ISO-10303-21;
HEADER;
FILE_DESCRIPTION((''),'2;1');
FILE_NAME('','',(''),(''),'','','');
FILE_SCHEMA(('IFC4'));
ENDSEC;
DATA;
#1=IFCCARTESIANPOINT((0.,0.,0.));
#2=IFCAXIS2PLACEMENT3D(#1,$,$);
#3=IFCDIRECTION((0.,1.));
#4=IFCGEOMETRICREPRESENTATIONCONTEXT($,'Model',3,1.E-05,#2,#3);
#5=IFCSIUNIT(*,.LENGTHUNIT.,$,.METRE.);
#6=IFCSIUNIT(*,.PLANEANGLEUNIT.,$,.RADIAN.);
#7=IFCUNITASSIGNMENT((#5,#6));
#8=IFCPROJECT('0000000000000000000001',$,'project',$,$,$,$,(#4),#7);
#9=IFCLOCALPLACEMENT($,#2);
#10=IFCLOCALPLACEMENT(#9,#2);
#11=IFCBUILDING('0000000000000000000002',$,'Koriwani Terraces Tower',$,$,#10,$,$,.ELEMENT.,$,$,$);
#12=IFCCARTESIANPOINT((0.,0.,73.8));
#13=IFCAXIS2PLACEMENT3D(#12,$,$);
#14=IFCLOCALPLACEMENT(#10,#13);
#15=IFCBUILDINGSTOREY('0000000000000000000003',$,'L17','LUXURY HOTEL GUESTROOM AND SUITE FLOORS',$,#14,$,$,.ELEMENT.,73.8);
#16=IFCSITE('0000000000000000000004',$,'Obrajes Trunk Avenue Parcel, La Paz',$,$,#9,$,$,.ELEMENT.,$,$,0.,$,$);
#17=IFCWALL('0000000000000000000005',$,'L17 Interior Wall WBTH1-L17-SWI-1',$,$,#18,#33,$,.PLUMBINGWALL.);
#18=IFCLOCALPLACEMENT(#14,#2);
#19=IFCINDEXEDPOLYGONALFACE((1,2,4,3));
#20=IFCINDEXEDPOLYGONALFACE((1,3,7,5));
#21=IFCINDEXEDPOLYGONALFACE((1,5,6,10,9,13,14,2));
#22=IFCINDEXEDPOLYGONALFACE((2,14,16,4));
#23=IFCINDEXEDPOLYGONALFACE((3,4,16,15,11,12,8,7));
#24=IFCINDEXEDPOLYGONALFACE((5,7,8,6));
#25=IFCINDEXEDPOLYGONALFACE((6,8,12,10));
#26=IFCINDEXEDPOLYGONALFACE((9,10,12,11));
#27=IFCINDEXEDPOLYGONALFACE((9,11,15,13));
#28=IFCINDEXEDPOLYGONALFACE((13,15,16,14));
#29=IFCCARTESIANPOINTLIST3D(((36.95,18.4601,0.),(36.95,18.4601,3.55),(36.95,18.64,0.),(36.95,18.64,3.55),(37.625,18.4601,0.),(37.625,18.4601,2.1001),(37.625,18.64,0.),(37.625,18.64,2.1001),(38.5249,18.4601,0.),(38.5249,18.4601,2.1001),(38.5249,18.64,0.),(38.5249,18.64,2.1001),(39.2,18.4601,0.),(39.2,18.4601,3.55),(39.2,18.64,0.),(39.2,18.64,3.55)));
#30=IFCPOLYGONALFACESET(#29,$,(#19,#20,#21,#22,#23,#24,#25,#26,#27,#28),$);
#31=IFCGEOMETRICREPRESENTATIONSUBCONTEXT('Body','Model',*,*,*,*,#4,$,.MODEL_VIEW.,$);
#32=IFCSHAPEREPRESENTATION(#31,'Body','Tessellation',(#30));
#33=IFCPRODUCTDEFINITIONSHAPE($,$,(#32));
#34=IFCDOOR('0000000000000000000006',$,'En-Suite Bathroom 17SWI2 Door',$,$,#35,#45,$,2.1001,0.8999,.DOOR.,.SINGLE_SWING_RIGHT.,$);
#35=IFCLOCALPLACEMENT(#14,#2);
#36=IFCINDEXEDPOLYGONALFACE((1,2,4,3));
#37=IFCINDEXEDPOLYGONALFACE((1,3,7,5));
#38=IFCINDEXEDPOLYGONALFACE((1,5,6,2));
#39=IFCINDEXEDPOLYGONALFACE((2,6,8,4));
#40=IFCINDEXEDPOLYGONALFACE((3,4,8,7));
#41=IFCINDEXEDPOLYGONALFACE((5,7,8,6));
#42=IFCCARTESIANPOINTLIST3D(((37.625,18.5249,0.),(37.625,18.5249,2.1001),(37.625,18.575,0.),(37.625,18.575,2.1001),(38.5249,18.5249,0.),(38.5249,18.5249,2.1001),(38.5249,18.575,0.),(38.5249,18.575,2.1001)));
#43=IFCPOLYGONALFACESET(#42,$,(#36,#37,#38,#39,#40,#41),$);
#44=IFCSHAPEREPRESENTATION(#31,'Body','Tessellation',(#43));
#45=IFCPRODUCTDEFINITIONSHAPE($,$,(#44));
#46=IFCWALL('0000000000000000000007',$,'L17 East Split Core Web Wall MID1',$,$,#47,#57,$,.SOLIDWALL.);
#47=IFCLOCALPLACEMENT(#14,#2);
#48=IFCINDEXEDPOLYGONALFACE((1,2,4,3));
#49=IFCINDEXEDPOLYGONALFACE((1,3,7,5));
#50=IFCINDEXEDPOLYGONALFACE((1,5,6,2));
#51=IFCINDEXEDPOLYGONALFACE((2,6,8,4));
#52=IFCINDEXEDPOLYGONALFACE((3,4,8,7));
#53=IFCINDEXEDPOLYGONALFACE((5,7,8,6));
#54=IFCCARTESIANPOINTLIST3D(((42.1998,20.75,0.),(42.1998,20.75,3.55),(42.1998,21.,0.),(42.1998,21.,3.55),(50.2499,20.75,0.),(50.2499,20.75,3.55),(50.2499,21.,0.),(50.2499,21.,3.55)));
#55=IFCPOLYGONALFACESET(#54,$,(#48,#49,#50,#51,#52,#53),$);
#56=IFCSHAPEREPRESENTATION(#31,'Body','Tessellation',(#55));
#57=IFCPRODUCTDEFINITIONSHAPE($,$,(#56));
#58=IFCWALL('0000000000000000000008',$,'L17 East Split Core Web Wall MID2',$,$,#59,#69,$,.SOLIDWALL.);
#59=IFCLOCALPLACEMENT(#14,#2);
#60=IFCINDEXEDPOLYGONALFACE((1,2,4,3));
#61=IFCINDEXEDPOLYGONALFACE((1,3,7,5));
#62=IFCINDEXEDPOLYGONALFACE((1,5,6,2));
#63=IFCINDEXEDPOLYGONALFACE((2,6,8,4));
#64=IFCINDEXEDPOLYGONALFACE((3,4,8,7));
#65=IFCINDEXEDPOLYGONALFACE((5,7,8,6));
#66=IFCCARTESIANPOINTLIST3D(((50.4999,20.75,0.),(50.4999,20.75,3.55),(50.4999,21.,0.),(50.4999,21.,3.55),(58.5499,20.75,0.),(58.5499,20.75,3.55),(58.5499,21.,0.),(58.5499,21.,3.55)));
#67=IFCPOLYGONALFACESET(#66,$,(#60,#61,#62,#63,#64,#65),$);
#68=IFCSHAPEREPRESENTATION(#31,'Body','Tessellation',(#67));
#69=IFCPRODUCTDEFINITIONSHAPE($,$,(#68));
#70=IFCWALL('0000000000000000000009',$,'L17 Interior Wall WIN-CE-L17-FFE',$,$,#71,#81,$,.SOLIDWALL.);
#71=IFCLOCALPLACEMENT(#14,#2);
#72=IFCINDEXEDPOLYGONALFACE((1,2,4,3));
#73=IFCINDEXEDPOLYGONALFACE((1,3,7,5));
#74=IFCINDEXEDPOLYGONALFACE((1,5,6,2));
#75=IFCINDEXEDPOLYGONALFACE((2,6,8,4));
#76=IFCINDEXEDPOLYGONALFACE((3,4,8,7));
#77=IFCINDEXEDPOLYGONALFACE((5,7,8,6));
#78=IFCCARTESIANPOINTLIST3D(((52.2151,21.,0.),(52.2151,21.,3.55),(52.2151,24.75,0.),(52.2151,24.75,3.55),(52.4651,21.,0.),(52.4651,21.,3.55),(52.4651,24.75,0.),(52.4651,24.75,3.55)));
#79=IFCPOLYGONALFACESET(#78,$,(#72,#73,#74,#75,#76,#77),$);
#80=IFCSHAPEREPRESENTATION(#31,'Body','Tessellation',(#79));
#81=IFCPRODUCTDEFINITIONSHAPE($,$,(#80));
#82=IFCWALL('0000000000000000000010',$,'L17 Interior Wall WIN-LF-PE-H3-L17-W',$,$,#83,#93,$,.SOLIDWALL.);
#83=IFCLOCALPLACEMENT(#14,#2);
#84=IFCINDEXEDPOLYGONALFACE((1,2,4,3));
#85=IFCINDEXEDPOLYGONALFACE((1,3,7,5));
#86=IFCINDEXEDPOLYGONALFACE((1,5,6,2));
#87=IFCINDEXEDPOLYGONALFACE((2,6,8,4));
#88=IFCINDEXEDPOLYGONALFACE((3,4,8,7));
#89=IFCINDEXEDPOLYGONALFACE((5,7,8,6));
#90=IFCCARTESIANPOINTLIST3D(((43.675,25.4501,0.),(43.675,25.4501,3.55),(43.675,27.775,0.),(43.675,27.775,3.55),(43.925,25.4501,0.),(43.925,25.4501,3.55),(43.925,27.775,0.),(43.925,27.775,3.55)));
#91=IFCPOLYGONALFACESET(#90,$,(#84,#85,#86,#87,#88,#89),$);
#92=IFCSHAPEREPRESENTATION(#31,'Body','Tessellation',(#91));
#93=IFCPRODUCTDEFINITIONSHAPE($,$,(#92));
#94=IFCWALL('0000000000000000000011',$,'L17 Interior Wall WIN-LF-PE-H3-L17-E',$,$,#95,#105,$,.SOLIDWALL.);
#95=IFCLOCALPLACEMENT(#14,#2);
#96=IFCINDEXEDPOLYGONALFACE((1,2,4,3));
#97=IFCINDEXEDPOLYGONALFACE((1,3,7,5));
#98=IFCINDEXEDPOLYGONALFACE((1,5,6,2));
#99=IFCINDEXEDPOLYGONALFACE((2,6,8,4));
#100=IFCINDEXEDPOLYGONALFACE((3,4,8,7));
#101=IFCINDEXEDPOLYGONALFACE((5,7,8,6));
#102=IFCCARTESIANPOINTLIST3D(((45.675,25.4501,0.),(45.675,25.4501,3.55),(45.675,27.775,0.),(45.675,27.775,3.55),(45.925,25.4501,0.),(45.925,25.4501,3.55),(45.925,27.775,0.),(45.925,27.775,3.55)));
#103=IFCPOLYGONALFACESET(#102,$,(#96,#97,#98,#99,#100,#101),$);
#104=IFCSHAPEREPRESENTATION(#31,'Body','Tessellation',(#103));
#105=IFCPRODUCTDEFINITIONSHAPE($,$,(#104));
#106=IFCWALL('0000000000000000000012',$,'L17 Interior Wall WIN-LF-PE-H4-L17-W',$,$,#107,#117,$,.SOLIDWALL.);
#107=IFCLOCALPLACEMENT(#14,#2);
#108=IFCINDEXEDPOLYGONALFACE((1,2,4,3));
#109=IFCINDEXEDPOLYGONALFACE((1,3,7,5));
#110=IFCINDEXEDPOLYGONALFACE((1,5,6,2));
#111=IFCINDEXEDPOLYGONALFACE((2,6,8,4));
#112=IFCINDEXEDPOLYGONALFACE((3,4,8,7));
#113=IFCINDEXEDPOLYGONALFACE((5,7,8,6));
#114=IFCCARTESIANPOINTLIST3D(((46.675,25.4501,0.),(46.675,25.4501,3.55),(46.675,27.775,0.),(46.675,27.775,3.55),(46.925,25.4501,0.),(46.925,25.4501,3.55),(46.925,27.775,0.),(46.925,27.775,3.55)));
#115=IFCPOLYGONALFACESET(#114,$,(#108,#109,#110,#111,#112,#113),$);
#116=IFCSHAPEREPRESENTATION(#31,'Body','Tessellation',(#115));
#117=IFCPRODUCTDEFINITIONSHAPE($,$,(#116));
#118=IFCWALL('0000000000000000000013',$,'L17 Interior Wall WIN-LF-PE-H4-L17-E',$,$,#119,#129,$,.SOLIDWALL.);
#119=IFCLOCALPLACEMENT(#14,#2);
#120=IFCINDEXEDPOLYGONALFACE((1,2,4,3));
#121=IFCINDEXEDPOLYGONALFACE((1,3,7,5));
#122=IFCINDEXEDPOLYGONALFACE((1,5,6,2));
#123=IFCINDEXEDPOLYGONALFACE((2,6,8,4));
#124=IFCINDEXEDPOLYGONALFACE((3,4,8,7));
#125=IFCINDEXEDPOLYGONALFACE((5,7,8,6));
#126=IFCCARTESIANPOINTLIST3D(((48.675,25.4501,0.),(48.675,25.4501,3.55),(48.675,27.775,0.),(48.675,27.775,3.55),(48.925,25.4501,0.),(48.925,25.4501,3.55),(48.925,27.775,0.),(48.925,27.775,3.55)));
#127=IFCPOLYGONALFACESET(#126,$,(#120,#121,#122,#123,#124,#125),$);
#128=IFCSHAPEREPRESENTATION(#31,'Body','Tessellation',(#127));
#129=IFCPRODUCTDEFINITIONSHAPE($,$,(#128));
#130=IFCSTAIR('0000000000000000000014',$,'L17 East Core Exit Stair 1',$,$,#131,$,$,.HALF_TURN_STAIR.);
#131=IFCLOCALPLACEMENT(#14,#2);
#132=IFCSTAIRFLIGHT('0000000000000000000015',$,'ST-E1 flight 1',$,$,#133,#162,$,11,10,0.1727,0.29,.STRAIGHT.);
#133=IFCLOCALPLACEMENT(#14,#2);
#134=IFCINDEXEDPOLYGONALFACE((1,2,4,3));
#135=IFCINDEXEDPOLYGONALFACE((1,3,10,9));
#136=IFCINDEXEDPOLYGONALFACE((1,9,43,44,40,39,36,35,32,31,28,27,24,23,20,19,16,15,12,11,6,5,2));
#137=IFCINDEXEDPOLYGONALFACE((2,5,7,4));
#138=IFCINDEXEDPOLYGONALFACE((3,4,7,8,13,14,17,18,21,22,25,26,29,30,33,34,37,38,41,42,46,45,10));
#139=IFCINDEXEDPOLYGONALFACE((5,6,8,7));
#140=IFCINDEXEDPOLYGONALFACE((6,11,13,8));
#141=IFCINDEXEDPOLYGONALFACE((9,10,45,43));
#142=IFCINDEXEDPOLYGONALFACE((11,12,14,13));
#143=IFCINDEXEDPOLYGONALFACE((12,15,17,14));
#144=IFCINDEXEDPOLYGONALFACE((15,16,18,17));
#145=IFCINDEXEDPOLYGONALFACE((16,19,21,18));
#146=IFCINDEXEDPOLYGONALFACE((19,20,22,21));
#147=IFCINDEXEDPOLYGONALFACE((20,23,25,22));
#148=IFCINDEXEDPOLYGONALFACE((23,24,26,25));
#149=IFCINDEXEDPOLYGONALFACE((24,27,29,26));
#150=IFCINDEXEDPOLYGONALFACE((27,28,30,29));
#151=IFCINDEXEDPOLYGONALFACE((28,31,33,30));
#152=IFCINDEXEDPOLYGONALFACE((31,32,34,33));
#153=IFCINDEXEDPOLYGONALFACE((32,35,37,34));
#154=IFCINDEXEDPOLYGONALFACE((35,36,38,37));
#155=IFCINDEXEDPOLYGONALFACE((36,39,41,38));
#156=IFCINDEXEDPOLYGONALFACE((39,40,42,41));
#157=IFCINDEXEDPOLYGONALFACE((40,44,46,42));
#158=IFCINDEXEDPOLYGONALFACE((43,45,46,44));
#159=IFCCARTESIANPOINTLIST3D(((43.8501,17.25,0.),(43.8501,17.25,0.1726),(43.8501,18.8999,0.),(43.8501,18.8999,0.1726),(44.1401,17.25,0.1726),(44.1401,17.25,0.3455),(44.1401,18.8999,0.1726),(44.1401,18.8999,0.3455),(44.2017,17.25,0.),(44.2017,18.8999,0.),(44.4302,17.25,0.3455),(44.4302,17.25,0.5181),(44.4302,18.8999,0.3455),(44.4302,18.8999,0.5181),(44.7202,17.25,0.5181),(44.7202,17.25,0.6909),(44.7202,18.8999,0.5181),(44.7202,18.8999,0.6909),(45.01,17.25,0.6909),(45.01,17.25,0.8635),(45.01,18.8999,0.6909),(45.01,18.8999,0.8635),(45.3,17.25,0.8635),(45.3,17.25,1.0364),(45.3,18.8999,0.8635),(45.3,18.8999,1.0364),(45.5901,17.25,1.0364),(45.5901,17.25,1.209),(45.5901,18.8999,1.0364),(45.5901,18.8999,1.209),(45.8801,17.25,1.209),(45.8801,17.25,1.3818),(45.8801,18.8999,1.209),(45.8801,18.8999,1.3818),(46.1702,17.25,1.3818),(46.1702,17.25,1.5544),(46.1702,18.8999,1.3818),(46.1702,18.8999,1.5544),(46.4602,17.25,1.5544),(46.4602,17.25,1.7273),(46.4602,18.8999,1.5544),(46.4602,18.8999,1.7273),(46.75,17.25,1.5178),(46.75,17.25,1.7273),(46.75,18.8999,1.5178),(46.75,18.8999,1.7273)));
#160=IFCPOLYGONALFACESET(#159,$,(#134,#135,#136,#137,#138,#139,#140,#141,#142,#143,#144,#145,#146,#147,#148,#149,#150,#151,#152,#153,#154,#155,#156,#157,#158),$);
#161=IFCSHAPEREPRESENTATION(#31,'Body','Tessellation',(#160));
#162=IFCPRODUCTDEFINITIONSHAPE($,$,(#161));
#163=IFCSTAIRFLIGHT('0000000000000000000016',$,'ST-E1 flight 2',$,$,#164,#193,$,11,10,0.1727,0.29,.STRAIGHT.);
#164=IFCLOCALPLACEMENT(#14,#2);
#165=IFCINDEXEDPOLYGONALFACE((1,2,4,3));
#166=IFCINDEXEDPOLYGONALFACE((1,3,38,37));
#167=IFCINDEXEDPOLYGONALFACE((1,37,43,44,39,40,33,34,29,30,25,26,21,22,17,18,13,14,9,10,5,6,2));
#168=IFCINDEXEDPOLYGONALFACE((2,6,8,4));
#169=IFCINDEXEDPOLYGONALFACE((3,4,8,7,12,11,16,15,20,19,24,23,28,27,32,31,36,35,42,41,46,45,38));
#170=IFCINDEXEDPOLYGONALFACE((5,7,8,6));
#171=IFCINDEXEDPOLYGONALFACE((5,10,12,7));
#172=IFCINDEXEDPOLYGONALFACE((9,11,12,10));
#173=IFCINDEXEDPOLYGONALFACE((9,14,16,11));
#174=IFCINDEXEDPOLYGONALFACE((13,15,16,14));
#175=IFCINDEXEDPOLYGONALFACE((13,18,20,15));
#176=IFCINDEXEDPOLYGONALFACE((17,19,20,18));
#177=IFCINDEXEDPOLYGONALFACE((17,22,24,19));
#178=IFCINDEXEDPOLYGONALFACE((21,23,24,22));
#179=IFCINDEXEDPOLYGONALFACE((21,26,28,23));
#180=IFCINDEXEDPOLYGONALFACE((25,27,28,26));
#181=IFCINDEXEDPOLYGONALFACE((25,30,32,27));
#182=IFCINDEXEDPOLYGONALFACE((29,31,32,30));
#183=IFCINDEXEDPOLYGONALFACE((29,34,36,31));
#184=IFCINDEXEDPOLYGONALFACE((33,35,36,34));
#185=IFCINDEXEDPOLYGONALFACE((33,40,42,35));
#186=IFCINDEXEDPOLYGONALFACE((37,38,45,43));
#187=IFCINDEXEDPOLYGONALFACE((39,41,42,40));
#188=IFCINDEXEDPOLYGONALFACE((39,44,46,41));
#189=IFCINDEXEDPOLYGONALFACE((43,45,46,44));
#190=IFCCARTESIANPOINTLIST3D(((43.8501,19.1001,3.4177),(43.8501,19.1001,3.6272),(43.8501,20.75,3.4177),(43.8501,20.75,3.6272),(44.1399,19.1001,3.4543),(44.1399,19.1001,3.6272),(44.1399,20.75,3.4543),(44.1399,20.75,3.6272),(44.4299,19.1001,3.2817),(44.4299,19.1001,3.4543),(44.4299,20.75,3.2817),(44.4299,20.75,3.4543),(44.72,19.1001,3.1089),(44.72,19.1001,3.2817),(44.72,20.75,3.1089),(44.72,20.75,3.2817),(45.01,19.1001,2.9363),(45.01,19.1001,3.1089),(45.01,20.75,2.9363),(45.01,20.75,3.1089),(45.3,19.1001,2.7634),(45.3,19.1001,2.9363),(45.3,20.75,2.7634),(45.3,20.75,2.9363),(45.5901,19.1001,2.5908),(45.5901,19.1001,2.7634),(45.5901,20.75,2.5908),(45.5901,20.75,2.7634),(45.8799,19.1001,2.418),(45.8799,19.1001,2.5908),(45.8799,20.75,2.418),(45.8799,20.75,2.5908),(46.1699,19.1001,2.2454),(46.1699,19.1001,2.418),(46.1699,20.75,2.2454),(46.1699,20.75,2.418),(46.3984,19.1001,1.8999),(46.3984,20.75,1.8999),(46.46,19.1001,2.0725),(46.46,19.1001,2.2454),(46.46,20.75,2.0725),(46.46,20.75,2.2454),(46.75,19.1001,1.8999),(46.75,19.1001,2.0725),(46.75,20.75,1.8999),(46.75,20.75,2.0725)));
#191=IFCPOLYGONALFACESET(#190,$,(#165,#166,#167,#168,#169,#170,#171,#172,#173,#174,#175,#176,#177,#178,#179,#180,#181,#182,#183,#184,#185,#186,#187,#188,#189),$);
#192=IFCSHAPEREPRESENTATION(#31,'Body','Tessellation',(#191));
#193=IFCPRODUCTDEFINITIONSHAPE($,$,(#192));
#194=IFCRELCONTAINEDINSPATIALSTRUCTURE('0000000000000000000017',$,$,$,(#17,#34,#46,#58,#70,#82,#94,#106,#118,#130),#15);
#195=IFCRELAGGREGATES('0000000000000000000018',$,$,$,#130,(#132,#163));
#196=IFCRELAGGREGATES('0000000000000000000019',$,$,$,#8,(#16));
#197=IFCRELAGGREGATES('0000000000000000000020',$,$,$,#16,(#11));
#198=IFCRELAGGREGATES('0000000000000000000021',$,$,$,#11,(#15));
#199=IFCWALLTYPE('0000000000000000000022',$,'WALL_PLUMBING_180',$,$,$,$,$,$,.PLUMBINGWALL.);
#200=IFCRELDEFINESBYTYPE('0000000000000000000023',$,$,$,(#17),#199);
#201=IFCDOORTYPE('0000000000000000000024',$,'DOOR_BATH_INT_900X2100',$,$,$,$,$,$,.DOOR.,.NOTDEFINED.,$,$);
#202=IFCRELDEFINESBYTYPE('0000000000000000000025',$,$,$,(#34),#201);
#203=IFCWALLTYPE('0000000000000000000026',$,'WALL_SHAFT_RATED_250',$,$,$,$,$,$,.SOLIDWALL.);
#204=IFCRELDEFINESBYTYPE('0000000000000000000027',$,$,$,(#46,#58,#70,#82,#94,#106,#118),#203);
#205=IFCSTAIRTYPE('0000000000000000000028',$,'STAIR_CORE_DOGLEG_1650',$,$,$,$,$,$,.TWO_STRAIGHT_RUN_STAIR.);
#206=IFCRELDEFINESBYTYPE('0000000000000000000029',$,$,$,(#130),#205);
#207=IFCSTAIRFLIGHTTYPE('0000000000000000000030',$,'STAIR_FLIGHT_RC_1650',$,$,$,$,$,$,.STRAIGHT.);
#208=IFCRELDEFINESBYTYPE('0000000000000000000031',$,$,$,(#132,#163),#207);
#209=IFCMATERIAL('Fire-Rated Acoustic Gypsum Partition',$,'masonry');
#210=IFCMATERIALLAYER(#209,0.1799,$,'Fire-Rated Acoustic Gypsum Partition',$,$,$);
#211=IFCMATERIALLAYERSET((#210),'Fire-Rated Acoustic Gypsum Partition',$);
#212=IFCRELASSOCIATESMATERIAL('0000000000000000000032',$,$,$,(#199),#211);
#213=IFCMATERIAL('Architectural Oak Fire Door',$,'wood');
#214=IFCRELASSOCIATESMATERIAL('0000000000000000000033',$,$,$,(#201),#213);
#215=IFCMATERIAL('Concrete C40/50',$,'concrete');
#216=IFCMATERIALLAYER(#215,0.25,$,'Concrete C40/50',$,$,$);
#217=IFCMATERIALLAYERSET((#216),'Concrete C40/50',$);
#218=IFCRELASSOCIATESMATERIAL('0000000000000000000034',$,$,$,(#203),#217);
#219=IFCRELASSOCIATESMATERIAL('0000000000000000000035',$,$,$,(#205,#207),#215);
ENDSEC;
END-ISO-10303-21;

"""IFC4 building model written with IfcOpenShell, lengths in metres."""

from ifc_helpers import new_model, si_unit, direction, frame, frame_2d, origin, place, context, subcontext, project, spatial, polyline, rectangle, outline, extrude, material, layer, layer_set, type_object, element, fill, aggregate, save


model = new_model("IFC4")

# Units and contexts
model_context = context("Model", 3, precision=1e-05, world=origin(), true_north=direction((0.0, 1.0)))
body_context = subcontext(model_context, "Body", "Model", "MODEL_VIEW")
ifc_project = project(units=[si_unit("LENGTHUNIT", "METRE"), si_unit("PLANEANGLEUNIT", "RADIAN")], contexts=[model_context])

# Site, building, storey
site_placement = place(None, origin())
site = spatial("IfcSite", under=ifc_project, at=site_placement, Name="Obrajes Trunk Avenue Parcel, La Paz", CompositionType="ELEMENT", RefElevation=0.0)
building_placement = place(site_placement, origin())
building = spatial("IfcBuilding", under=site, at=building_placement, Name="Koriwani Terraces Tower", CompositionType="ELEMENT")
storey_placement = place(building_placement, frame((0.0, 0.0, 73.8)))
storey = spatial("IfcBuildingStorey", under=building, at=storey_placement, Name="L17", Description="LUXURY HOTEL GUESTROOM AND SUITE FLOORS", CompositionType="ELEMENT", Elevation=73.8)

# Wall, opening, door
ifc_material_1 = material(Name="Fire-Rated Acoustic Gypsum Partition", Category="masonry")
ifc_layer_1 = layer(ifc_material_1, 0.1799, Name="Fire-Rated Acoustic Gypsum Partition")
ifc_layer_set_1 = layer_set([ifc_layer_1], Name="Fire-Rated Acoustic Gypsum Partition")
wall_type_1 = type_object("IfcWallType", Name="WALL_PLUMBING_180", PredefinedType="PLUMBINGWALL", material=ifc_layer_set_1)
ifc_material_2 = material(Name="Architectural Oak Fire Door", Category="wood")
door_type_1 = type_object("IfcDoorType", Name="DOOR_BATH_INT_900X2100", OperationType="NOTDEFINED", PredefinedType="DOOR", material=ifc_material_2)
wall_1_placement = place(storey_placement, frame((36.95, 18.55, 0.0), z_axis=(0.0, 0.0, 1.0), x_axis=(1.0, 0.0, 0.0)))
wall_1 = element("IfcWall", 1, at=wall_1_placement, inside=storey, type_object=wall_type_1, Name="L17 Interior Wall WBTH1-L17-SWI-1", PredefinedType="PLUMBINGWALL", context=body_context, shape_type="SweptSolid", body=[
    extrude(rectangle(XDim=2.25, YDim=0.1799, at=frame_2d((1.125, 0.0))), origin(), (0.0, 0.0, 1.0), 3.55),
])
opening_1_placement = place(wall_1_placement, frame((0.675, 0.0, 0.0)))
opening_1 = element("IfcOpeningElement", 2, at=opening_1_placement, cuts=wall_1, PredefinedType="OPENING", context=body_context, shape_type="SweptSolid", body=[
    extrude(rectangle(XDim=0.8999, YDim=2.1001, at=frame_2d((0.45, 1.05))), frame((0.0, 0.1001, 0.0), z_axis=(0.0, -1.0, 0.0), x_axis=(1.0, 0.0, 0.0)), (0.0, 0.0, 1.0), 0.2),
])
door_1_placement = place(opening_1_placement, origin())
door_1 = element("IfcDoor", 3, at=door_1_placement, inside=storey, type_object=door_type_1, Name="En-Suite Bathroom 17SWI2 Door", OperationType="SINGLE_SWING_RIGHT", OverallHeight=2.1001, OverallWidth=0.8999, PredefinedType="DOOR", context=body_context, shape_type="SweptSolid", body=[
    extrude(rectangle(XDim=0.8999, YDim=2.1001, at=frame_2d((0.45, 1.05))), frame((0.0, 0.0249, 0.0), z_axis=(0.0, -1.0, 0.0), x_axis=(1.0, 0.0, 0.0)), (0.0, 0.0, 1.0), 0.05),
])
fill(opening_1, door_1)

# Walls
ifc_material_3 = material(Name="Concrete C40/50", Category="concrete")
ifc_layer_2 = layer(ifc_material_3, 0.25, Name="Concrete C40/50")
ifc_layer_set_2 = layer_set([ifc_layer_2], Name="Concrete C40/50")
wall_type_2 = type_object("IfcWallType", Name="WALL_SHAFT_RATED_250", PredefinedType="SOLIDWALL", material=ifc_layer_set_2)
for number, where, z_axis, x_axis, name in (
    (4, (42.2, 20.875, 0.0), (0.0, 0.0, 1.0), (1.0, 0.0, 0.0), "L17 East Split Core Web Wall MID1"),
    (5, (50.5, 20.875, 0.0), (0.0, 0.0, 1.0), (1.0, 0.0, 0.0), "L17 East Split Core Web Wall MID2"),
):
    element("IfcWall", number, at=place(storey_placement, frame(where, z_axis=z_axis, x_axis=x_axis)), inside=storey, type_object=wall_type_2, Name=name, PredefinedType="SOLIDWALL", context=body_context, shape_type="SweptSolid", body=[
        extrude(rectangle(XDim=8.05, YDim=0.25, at=frame_2d((4.0249, 0.0))), origin(), (0.0, 0.0, 1.0), 3.55),
    ])

# Walls
wall_2_placement = place(storey_placement, frame((52.3401, 21.0, 0.0), z_axis=(0.0, 0.0, 1.0), x_axis=(0.0, 1.0, 0.0)))
element("IfcWall", 6, at=wall_2_placement, inside=storey, type_object=wall_type_2, Name="L17 Interior Wall WIN-CE-L17-FFE", PredefinedType="SOLIDWALL", context=body_context, shape_type="SweptSolid", body=[
    extrude(rectangle(XDim=3.75, YDim=0.25, at=frame_2d((1.875, 0.0))), origin(), (0.0, 0.0, 1.0), 3.55),
])
for number, where, z_axis, x_axis, name in (
    (7, (43.8, 25.45, 0.0), (0.0, 0.0, 1.0), (0.0, 1.0, 0.0), "L17 Interior Wall WIN-LF-PE-H3-L17-W"),
    (8, (45.8, 25.45, 0.0), (0.0, 0.0, 1.0), (0.0, 1.0, 0.0), "L17 Interior Wall WIN-LF-PE-H3-L17-E"),
    (9, (46.8, 25.45, 0.0), (0.0, 0.0, 1.0), (0.0, 1.0, 0.0), "L17 Interior Wall WIN-LF-PE-H4-L17-W"),
    (10, (48.8, 25.45, 0.0), (0.0, 0.0, 1.0), (0.0, 1.0, 0.0), "L17 Interior Wall WIN-LF-PE-H4-L17-E"),
):
    element("IfcWall", number, at=place(storey_placement, frame(where, z_axis=z_axis, x_axis=x_axis)), inside=storey, type_object=wall_type_2, Name=name, PredefinedType="SOLIDWALL", context=body_context, shape_type="SweptSolid", body=[
        extrude(rectangle(XDim=2.325, YDim=0.25, at=frame_2d((1.1626, 0.0))), origin(), (0.0, 0.0, 1.0), 3.55),
    ])

# Stair, stair flights
stair_type = type_object("IfcStairType", Name="STAIR_CORE_DOGLEG_1650", PredefinedType="TWO_STRAIGHT_RUN_STAIR", material=ifc_material_3)
stair_placement = place(storey_placement, origin())
stair = element("IfcStair", 11, at=stair_placement, inside=storey, type_object=stair_type, Name="L17 East Core Exit Stair 1", PredefinedType="HALF_TURN_STAIR")
stair_flight_type = type_object("IfcStairFlightType", Name="STAIR_FLIGHT_RC_1650", PredefinedType="STRAIGHT", material=ifc_material_3)
stair_flight_1_placement = place(storey_placement, frame((43.8501, 18.075, 0.0), z_axis=(0.0, 0.0, 1.0), x_axis=(1.0, 0.0, 0.0)))
stair_flight_1 = element("IfcStairFlight", 12, at=stair_flight_1_placement, type_object=stair_flight_type, Name="ST-E1 flight 1", NumberOfRisers=11, NumberOfTreads=10, PredefinedType="STRAIGHT", RiserHeight=0.1727, TreadLength=0.29, context=body_context, shape_type="SweptSolid", body=[
    extrude(outline(polyline([(0.0, 0.0), (0.0, 0.1726), (0.29, 0.1726), (0.29, 0.3455), (0.5801, 0.3455), (0.5801, 0.5181), (0.8701, 0.5181), (0.8701, 0.6909), (1.1599, 0.6909), (1.1599, 0.8635), (1.45, 0.8635), (1.45, 1.0364), (1.74, 1.0364), (1.74, 1.209), (2.03, 1.209), (2.03, 1.3818), (2.3201, 1.3818), (2.3201, 1.5544), (2.6101, 1.5544), (2.6101, 1.7273), (2.8999, 1.7273), (2.8999, 1.8999), (2.8999, 1.5178), (0.3516, 0.0), (0.0, 0.0)])), frame((0.0, 0.825, 0.0), z_axis=(0.0, -1.0, 0.0), x_axis=(1.0, 0.0, 0.0)), (0.0, 0.0, 1.0), 1.6499),
])
stair_flight_2_placement = place(storey_placement, frame((46.75, 19.925, 1.8999), z_axis=(0.0, 0.0, 1.0), x_axis=(-1.0, 0.0, 0.0)))
stair_flight_2 = element("IfcStairFlight", 13, at=stair_flight_2_placement, type_object=stair_flight_type, Name="ST-E1 flight 2", NumberOfRisers=11, NumberOfTreads=10, PredefinedType="STRAIGHT", RiserHeight=0.1727, TreadLength=0.29, context=body_context, shape_type="SweptSolid", body=[
    extrude(outline(polyline([(0.0, 0.0), (0.0, 0.1726), (0.29, 0.1726), (0.29, 0.3455), (0.5801, 0.3455), (0.5801, 0.5181), (0.8701, 0.5181), (0.8701, 0.6909), (1.1599, 0.6909), (1.1599, 0.8635), (1.45, 0.8635), (1.45, 1.0364), (1.74, 1.0364), (1.74, 1.209), (2.03, 1.209), (2.03, 1.3818), (2.3201, 1.3818), (2.3201, 1.5544), (2.6101, 1.5544), (2.6101, 1.7273), (2.8999, 1.7273), (2.8999, 1.8999), (2.8999, 1.5178), (0.3516, 0.0), (0.0, 0.0)])), frame((0.0, 0.825, 0.0), z_axis=(0.0, -1.0, 0.0), x_axis=(1.0, 0.0, 0.0)), (0.0, 0.0, 1.0), 1.6499),
])
aggregate(stair, [stair_flight_1, stair_flight_2])

save(model, "model.ifc")
